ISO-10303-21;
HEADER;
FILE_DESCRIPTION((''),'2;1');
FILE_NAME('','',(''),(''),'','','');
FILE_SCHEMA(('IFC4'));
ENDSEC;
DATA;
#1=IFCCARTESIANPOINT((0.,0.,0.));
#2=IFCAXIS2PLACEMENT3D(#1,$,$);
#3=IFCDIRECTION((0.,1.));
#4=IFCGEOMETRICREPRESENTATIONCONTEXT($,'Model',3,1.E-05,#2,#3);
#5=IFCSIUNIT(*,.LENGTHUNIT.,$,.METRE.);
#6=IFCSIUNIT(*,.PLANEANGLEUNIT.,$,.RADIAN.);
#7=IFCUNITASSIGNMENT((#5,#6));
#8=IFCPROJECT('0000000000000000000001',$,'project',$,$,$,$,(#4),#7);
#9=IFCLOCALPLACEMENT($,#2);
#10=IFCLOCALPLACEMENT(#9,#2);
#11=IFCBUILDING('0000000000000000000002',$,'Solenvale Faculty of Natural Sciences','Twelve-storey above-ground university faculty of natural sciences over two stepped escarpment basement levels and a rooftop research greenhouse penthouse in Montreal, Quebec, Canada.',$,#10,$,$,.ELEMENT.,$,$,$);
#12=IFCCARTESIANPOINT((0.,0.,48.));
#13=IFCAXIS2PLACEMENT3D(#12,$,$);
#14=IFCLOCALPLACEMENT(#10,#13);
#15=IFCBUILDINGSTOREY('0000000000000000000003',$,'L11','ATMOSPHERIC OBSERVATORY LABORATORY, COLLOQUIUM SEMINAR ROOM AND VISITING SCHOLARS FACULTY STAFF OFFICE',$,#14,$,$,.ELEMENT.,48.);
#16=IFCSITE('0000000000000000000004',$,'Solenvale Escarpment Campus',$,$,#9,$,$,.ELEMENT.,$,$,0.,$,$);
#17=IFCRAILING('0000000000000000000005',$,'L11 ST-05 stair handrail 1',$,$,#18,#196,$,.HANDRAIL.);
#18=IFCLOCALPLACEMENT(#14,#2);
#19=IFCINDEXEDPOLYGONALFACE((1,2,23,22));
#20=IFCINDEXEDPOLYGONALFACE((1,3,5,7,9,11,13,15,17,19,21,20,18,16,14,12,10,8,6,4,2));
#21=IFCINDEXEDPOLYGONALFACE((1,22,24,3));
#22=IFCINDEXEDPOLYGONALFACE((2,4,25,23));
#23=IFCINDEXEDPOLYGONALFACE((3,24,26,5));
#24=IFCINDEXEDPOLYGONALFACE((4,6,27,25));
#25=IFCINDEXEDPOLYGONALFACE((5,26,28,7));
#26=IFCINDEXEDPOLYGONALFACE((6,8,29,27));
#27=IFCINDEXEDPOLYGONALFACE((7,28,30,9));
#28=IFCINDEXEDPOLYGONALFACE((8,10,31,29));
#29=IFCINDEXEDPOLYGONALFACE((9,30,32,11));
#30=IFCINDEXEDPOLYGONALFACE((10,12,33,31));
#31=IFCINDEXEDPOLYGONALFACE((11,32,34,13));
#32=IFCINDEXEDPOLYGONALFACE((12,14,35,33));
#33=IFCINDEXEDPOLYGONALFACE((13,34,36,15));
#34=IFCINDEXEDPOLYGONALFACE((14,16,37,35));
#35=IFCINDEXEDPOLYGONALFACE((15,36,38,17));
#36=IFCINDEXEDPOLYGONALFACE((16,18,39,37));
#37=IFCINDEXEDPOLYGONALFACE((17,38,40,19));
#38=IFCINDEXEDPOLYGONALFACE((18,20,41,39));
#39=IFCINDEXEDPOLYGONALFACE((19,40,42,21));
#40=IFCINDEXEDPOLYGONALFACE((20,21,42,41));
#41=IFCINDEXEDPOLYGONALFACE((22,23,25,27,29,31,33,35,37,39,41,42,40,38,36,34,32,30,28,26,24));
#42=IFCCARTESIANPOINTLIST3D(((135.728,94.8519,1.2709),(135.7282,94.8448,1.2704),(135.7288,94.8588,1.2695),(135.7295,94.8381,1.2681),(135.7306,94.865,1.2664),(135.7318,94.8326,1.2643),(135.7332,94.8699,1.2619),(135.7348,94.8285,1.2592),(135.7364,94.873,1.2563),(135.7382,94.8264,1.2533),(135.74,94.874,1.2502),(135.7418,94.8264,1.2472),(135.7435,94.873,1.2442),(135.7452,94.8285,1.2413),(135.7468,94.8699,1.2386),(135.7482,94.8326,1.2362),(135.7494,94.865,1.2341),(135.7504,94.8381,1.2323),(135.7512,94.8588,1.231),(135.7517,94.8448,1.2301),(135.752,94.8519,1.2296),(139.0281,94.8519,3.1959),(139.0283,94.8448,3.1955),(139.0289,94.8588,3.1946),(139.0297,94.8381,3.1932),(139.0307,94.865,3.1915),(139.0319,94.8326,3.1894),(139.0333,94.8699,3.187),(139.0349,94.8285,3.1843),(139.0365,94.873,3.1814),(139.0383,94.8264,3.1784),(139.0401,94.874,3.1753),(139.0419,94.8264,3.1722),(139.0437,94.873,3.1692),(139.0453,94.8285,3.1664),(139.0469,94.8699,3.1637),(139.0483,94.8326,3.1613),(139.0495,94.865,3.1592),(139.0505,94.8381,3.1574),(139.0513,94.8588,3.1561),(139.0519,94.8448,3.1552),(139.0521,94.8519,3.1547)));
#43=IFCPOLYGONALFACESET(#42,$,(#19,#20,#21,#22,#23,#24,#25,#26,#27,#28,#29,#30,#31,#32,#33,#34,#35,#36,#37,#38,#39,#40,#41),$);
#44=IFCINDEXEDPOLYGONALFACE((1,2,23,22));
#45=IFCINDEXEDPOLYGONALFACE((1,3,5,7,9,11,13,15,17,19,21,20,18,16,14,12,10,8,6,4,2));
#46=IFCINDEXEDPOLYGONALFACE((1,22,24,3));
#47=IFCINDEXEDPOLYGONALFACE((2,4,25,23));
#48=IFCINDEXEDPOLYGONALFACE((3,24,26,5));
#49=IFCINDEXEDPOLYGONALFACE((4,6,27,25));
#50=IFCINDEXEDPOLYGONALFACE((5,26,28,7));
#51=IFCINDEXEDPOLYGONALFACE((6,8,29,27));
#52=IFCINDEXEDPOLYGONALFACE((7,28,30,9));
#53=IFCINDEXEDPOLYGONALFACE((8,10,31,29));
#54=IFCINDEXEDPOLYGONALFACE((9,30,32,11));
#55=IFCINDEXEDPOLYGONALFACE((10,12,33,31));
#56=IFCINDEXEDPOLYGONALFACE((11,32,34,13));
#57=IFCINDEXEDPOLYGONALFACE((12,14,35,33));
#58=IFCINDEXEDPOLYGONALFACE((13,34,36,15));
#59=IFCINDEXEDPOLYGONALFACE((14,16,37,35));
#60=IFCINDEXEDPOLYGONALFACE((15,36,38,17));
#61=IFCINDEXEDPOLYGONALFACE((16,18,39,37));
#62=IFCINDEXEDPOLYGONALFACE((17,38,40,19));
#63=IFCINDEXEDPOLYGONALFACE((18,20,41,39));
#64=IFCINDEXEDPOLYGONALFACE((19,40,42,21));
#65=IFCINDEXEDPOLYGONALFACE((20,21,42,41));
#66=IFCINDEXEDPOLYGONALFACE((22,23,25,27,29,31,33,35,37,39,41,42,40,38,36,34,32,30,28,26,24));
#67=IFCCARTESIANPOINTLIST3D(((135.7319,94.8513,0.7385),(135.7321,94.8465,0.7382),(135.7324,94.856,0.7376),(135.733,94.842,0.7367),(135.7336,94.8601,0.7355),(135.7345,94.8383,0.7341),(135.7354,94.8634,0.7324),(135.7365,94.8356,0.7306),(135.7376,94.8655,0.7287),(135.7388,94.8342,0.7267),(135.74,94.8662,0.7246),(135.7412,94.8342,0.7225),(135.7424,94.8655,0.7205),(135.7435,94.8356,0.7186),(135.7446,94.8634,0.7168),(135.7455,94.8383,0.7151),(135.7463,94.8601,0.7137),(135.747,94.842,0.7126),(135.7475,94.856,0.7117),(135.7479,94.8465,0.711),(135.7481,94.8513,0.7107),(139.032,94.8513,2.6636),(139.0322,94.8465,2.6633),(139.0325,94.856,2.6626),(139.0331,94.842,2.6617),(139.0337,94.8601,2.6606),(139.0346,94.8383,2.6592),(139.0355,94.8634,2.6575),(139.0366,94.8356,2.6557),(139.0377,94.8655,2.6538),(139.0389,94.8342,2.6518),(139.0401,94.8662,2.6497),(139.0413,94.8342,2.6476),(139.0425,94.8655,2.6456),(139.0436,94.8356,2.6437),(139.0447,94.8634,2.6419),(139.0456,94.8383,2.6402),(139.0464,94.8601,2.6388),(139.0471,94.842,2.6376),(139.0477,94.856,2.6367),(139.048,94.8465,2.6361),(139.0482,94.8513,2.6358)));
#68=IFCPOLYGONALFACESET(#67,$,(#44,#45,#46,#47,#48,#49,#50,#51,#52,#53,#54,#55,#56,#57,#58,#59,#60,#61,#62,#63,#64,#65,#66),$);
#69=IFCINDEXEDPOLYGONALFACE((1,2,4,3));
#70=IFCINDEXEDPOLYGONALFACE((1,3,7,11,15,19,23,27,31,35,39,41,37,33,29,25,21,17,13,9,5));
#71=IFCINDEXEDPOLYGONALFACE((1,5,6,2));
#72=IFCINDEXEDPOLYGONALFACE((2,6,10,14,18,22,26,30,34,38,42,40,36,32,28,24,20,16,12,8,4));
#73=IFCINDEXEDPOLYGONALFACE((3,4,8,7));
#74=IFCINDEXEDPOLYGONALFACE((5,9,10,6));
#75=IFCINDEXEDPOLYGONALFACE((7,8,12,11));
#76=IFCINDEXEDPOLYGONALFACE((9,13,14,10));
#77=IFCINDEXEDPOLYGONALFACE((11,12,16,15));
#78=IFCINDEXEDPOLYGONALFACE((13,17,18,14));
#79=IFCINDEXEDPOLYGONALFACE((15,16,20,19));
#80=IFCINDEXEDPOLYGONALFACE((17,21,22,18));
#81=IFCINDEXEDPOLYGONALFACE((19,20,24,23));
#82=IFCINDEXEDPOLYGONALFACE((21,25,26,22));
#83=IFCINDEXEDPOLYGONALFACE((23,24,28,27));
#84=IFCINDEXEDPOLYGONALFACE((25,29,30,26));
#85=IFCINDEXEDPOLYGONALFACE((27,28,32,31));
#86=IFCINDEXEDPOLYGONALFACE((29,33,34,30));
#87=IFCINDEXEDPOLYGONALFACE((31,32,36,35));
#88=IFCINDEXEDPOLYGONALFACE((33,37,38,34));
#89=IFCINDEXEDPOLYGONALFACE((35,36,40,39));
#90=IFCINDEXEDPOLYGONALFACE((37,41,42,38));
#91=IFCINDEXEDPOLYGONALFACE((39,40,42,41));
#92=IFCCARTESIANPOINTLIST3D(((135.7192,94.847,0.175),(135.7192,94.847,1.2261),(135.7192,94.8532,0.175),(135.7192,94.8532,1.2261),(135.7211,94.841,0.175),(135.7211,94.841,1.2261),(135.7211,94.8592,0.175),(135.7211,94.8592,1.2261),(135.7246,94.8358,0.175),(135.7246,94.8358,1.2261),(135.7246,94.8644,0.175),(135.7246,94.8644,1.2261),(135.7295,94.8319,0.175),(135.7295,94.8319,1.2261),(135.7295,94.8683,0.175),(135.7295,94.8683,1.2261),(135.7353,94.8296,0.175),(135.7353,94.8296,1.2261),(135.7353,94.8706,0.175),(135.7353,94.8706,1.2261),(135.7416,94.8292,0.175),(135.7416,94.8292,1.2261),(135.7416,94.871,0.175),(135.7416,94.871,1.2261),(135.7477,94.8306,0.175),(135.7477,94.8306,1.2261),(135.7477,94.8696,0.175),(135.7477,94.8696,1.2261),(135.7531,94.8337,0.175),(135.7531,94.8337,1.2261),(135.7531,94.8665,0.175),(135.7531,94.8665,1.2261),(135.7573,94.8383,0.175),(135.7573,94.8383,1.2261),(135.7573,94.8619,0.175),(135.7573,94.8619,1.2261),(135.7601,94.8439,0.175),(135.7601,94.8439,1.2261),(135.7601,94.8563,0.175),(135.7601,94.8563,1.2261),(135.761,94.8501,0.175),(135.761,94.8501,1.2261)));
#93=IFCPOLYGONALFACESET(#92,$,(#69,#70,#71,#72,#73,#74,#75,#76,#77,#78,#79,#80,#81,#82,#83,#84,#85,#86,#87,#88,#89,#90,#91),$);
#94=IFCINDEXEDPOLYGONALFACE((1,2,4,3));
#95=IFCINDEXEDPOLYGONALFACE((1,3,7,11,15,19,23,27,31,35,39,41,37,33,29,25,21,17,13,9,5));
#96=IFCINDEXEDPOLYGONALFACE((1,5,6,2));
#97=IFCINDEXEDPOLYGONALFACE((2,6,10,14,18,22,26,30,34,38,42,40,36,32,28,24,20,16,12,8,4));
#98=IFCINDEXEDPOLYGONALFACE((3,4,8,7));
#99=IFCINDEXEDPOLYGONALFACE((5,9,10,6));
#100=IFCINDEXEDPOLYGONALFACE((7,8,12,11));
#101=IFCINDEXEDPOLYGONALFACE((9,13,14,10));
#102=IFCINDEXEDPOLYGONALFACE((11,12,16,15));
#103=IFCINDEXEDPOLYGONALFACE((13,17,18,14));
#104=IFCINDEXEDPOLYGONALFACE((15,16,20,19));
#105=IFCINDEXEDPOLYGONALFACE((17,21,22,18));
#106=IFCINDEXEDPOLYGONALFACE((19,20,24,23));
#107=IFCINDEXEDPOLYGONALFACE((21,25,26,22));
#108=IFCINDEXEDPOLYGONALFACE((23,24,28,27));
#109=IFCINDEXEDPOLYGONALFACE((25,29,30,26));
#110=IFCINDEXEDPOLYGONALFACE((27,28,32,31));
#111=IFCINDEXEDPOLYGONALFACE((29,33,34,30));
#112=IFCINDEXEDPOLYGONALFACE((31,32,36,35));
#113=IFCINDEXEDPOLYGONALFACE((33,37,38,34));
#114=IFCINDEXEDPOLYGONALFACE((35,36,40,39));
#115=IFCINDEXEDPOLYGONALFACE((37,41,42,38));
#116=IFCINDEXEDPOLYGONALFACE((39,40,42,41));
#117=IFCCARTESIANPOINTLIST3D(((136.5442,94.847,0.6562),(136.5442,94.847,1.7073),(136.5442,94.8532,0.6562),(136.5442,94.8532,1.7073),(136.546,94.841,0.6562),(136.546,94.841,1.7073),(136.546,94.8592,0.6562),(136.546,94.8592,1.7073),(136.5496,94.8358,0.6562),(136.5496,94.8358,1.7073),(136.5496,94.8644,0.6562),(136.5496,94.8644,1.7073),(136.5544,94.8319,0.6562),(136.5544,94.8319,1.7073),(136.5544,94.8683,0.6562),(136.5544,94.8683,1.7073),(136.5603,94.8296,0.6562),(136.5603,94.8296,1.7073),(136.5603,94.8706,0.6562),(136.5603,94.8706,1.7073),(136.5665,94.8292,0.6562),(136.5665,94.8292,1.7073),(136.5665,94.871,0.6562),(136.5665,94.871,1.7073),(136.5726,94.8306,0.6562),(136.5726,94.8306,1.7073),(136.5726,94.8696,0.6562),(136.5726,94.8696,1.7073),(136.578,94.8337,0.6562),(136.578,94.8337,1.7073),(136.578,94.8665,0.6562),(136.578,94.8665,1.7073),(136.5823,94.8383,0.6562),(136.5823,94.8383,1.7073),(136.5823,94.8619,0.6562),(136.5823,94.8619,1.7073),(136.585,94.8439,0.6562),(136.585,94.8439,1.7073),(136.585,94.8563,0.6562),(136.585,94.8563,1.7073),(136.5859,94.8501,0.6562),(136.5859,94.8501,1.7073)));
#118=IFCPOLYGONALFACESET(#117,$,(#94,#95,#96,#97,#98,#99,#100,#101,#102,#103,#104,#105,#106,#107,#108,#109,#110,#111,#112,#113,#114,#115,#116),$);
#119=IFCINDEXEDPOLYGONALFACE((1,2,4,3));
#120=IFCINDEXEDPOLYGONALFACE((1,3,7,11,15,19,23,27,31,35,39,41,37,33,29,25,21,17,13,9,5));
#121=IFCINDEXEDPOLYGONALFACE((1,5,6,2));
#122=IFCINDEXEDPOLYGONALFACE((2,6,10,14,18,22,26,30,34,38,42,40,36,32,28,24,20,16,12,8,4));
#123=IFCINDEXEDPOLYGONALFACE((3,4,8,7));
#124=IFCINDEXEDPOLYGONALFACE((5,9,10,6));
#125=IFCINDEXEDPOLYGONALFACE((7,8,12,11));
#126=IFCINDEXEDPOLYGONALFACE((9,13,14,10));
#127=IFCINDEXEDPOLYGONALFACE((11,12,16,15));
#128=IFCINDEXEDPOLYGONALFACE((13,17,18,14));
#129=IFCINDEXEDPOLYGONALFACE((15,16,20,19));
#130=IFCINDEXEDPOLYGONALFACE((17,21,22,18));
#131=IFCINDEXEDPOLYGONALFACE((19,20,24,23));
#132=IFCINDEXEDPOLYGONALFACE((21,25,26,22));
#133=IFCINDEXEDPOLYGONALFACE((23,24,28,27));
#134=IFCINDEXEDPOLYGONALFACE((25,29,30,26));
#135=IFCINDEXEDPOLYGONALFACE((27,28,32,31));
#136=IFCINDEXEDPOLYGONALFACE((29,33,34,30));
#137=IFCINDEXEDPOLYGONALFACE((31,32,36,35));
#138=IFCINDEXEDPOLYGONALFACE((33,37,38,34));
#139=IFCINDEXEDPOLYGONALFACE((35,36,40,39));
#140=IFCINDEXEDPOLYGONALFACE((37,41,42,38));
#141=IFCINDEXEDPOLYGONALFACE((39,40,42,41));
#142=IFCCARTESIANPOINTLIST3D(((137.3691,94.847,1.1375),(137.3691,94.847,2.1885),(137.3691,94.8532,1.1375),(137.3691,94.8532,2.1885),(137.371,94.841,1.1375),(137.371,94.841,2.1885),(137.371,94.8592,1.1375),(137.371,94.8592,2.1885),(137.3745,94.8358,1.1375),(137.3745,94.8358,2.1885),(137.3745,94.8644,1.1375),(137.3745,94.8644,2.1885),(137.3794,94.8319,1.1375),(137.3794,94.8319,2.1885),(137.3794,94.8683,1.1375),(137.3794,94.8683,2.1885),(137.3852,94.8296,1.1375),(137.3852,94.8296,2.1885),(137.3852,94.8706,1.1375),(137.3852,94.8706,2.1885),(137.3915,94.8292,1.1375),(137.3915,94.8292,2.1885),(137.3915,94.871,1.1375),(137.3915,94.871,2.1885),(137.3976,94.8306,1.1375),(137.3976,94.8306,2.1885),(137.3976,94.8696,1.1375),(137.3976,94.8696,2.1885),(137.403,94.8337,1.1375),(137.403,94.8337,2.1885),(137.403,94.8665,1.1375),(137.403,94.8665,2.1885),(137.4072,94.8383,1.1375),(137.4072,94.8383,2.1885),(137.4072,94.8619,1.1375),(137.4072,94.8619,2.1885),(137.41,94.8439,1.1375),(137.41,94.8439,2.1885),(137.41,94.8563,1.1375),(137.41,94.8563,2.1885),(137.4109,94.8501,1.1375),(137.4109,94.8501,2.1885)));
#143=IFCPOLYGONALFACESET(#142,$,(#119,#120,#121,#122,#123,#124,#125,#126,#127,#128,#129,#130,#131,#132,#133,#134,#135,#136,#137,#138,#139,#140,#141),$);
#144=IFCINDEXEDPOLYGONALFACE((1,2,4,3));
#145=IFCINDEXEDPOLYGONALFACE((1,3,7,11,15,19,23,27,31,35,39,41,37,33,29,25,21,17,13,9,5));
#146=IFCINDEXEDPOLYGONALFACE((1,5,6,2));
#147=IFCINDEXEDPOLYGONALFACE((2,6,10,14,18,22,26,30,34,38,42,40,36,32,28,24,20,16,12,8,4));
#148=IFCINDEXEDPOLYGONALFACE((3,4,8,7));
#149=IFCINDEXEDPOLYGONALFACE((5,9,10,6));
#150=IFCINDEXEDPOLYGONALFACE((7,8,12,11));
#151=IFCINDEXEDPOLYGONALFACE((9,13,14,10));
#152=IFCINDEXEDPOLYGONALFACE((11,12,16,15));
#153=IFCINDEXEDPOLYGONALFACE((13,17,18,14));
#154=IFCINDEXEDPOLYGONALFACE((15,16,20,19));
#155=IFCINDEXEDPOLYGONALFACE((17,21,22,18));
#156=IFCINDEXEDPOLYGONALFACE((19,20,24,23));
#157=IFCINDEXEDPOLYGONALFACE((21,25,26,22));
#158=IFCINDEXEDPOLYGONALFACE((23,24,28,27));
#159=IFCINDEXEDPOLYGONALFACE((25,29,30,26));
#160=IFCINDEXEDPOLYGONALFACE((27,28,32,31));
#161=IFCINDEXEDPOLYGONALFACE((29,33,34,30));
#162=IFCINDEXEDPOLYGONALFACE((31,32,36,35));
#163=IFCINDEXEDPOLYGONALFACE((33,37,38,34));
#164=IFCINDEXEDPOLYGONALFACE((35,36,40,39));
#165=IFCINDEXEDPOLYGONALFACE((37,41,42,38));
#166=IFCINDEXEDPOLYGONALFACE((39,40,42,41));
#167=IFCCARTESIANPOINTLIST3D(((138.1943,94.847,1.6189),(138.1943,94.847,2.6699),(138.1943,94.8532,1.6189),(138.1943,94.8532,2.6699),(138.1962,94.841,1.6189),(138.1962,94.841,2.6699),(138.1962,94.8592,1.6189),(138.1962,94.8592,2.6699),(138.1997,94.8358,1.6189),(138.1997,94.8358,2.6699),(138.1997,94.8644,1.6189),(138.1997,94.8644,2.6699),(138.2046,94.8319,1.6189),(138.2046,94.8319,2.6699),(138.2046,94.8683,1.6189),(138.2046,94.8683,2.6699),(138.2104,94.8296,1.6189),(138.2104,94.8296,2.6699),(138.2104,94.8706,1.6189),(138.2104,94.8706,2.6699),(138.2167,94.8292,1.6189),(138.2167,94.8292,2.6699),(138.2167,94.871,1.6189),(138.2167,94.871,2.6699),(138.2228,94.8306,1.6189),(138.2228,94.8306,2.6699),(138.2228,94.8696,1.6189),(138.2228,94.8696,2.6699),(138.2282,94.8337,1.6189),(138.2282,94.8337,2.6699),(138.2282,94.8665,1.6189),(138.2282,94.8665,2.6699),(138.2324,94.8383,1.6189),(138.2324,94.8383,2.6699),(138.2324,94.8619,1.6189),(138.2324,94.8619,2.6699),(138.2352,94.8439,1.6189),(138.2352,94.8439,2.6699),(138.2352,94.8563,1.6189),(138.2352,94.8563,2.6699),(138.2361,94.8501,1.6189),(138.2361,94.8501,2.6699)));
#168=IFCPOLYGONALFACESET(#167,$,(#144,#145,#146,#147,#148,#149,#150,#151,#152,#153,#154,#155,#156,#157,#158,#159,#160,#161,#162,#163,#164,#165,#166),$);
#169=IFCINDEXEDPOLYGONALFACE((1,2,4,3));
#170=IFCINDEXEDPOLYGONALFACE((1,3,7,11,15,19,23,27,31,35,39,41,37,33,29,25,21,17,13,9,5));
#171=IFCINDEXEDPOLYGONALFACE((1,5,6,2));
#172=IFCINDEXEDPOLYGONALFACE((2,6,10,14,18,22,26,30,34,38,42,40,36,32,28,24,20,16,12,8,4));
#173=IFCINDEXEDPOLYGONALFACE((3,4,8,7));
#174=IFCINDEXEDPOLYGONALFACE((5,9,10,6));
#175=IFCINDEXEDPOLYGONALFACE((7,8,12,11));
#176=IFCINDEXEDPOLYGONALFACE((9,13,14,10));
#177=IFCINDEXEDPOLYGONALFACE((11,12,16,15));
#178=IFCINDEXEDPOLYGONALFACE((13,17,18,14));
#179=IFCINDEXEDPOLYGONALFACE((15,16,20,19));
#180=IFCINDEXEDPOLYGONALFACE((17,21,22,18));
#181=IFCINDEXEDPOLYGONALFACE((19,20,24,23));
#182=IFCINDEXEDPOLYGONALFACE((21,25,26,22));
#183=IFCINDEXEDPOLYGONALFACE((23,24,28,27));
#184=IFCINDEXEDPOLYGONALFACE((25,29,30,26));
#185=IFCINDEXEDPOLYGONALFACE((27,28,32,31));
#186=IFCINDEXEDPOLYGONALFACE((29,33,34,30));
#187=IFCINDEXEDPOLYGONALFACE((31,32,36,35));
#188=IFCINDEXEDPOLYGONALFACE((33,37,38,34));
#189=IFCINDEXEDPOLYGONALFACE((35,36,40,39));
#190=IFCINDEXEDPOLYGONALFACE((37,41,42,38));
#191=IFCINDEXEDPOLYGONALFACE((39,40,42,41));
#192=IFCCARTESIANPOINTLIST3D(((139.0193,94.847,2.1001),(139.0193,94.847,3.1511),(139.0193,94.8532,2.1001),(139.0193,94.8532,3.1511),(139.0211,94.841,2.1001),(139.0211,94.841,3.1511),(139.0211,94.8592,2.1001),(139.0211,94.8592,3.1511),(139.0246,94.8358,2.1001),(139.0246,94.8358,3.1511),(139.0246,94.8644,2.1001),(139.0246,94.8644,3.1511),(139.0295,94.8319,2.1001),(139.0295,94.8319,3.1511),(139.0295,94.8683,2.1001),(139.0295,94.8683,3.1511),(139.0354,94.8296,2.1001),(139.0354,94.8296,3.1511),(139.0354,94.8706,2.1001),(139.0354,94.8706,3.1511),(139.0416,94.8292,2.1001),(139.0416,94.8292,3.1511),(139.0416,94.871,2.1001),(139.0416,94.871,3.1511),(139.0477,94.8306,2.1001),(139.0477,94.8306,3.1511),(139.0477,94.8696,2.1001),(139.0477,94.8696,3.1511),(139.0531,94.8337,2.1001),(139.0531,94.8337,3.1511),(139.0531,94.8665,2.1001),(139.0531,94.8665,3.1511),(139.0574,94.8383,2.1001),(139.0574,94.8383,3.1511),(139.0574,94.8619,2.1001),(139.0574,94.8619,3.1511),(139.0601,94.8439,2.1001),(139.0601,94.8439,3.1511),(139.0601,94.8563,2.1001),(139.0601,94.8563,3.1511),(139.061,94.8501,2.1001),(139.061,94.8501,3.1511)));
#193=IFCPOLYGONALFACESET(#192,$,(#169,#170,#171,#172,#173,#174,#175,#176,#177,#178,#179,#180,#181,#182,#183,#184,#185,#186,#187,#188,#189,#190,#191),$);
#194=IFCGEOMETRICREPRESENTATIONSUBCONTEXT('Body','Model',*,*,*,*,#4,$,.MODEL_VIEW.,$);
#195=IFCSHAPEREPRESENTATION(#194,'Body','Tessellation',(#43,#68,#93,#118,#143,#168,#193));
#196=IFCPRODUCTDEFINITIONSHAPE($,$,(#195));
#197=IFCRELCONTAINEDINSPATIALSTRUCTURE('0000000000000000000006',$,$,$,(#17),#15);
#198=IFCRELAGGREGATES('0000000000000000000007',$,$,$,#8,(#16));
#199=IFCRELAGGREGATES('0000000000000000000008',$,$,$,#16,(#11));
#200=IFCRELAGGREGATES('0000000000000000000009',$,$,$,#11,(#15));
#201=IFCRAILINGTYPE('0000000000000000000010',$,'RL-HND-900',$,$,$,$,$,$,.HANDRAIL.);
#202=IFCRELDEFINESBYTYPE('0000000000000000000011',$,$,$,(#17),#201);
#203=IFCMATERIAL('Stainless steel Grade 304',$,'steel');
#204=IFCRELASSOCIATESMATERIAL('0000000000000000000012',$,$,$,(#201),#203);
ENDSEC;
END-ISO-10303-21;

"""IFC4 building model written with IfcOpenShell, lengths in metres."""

from ifc_helpers import new_model, si_unit, direction, frame, origin, origin_2d, place, context, subcontext, project, spatial, circle, extrude, material, type_object, element, save


model = new_model("IFC4")

# Units and contexts
model_context = context("Model", 3, precision=1e-05, world=origin(), true_north=direction((0.0, 1.0)))
body_context = subcontext(model_context, "Body", "Model", "MODEL_VIEW")
ifc_project = project(units=[si_unit("LENGTHUNIT", "METRE"), si_unit("PLANEANGLEUNIT", "RADIAN")], contexts=[model_context])

# Site, building, storey
site_placement = place(None, origin())
site = spatial("IfcSite", under=ifc_project, at=site_placement, Name="Solenvale Escarpment Campus", CompositionType="ELEMENT", RefElevation=0.0)
building_placement = place(site_placement, origin())
building = spatial("IfcBuilding", under=site, at=building_placement, Name="Solenvale Faculty of Natural Sciences", Description="Twelve-storey above-ground university faculty of natural sciences over two stepped escarpment basement levels and a rooftop research greenhouse penthouse in Montreal, Quebec, Canada.", CompositionType="ELEMENT")
storey_placement = place(building_placement, frame((0.0, 0.0, 48.0)))
storey = spatial("IfcBuildingStorey", under=building, at=storey_placement, Name="L11", Description="ATMOSPHERIC OBSERVATORY LABORATORY, COLLOQUIUM SEMINAR ROOM AND VISITING SCHOLARS FACULTY STAFF OFFICE", CompositionType="ELEMENT", Elevation=48.0)

# Railing
ifc_material_1 = material(Name="Stainless steel Grade 304", Category="steel")
railing_type_1 = type_object("IfcRailingType", Name="RL-HND-900", PredefinedType="HANDRAIL", material=ifc_material_1)
railing_1_placement = place(storey_placement, frame((135.74, 94.8501, 0.175)))
element("IfcRailing", 1, at=railing_1_placement, inside=storey, type_object=railing_type_1, Name="L11 ST-05 stair handrail 1", PredefinedType="HANDRAIL", context=body_context, shape_type="SweptSolid", body=[
    extrude(circle(Radius=0.0239, at=origin_2d()), frame((0.0, 0.0, 1.0752), z_axis=(0.863777, 0.0, 0.503875), x_axis=(0.0, 1.0, 0.0)), (0.0, 0.0, 1.0), 3.8206),
    extrude(circle(Radius=0.0161, at=origin_2d()), frame((0.0, 0.0, 0.5496), z_axis=(0.863777, 0.0, 0.503875), x_axis=(0.0, 1.0, 0.0)), (0.0, 0.0, 1.0), 3.8206),
    extrude(circle(Radius=0.021, at=origin_2d()), origin(), (0.0, 0.0, 1.0), 1.051),
    extrude(circle(Radius=0.021, at=origin_2d()), frame((0.825, 0.0, 0.4812)), (0.0, 0.0, 1.0), 1.051),
    extrude(circle(Radius=0.021, at=origin_2d()), frame((1.6499, 0.0, 0.9624)), (0.0, 0.0, 1.0), 1.051),
    extrude(circle(Radius=0.021, at=origin_2d()), frame((2.4751, 0.0, 1.4438)), (0.0, 0.0, 1.0), 1.051),
    extrude(circle(Radius=0.021, at=origin_2d()), frame((3.3, 0.0, 1.925)), (0.0, 0.0, 1.0), 1.051),
])

save(model, "model.ifc")
